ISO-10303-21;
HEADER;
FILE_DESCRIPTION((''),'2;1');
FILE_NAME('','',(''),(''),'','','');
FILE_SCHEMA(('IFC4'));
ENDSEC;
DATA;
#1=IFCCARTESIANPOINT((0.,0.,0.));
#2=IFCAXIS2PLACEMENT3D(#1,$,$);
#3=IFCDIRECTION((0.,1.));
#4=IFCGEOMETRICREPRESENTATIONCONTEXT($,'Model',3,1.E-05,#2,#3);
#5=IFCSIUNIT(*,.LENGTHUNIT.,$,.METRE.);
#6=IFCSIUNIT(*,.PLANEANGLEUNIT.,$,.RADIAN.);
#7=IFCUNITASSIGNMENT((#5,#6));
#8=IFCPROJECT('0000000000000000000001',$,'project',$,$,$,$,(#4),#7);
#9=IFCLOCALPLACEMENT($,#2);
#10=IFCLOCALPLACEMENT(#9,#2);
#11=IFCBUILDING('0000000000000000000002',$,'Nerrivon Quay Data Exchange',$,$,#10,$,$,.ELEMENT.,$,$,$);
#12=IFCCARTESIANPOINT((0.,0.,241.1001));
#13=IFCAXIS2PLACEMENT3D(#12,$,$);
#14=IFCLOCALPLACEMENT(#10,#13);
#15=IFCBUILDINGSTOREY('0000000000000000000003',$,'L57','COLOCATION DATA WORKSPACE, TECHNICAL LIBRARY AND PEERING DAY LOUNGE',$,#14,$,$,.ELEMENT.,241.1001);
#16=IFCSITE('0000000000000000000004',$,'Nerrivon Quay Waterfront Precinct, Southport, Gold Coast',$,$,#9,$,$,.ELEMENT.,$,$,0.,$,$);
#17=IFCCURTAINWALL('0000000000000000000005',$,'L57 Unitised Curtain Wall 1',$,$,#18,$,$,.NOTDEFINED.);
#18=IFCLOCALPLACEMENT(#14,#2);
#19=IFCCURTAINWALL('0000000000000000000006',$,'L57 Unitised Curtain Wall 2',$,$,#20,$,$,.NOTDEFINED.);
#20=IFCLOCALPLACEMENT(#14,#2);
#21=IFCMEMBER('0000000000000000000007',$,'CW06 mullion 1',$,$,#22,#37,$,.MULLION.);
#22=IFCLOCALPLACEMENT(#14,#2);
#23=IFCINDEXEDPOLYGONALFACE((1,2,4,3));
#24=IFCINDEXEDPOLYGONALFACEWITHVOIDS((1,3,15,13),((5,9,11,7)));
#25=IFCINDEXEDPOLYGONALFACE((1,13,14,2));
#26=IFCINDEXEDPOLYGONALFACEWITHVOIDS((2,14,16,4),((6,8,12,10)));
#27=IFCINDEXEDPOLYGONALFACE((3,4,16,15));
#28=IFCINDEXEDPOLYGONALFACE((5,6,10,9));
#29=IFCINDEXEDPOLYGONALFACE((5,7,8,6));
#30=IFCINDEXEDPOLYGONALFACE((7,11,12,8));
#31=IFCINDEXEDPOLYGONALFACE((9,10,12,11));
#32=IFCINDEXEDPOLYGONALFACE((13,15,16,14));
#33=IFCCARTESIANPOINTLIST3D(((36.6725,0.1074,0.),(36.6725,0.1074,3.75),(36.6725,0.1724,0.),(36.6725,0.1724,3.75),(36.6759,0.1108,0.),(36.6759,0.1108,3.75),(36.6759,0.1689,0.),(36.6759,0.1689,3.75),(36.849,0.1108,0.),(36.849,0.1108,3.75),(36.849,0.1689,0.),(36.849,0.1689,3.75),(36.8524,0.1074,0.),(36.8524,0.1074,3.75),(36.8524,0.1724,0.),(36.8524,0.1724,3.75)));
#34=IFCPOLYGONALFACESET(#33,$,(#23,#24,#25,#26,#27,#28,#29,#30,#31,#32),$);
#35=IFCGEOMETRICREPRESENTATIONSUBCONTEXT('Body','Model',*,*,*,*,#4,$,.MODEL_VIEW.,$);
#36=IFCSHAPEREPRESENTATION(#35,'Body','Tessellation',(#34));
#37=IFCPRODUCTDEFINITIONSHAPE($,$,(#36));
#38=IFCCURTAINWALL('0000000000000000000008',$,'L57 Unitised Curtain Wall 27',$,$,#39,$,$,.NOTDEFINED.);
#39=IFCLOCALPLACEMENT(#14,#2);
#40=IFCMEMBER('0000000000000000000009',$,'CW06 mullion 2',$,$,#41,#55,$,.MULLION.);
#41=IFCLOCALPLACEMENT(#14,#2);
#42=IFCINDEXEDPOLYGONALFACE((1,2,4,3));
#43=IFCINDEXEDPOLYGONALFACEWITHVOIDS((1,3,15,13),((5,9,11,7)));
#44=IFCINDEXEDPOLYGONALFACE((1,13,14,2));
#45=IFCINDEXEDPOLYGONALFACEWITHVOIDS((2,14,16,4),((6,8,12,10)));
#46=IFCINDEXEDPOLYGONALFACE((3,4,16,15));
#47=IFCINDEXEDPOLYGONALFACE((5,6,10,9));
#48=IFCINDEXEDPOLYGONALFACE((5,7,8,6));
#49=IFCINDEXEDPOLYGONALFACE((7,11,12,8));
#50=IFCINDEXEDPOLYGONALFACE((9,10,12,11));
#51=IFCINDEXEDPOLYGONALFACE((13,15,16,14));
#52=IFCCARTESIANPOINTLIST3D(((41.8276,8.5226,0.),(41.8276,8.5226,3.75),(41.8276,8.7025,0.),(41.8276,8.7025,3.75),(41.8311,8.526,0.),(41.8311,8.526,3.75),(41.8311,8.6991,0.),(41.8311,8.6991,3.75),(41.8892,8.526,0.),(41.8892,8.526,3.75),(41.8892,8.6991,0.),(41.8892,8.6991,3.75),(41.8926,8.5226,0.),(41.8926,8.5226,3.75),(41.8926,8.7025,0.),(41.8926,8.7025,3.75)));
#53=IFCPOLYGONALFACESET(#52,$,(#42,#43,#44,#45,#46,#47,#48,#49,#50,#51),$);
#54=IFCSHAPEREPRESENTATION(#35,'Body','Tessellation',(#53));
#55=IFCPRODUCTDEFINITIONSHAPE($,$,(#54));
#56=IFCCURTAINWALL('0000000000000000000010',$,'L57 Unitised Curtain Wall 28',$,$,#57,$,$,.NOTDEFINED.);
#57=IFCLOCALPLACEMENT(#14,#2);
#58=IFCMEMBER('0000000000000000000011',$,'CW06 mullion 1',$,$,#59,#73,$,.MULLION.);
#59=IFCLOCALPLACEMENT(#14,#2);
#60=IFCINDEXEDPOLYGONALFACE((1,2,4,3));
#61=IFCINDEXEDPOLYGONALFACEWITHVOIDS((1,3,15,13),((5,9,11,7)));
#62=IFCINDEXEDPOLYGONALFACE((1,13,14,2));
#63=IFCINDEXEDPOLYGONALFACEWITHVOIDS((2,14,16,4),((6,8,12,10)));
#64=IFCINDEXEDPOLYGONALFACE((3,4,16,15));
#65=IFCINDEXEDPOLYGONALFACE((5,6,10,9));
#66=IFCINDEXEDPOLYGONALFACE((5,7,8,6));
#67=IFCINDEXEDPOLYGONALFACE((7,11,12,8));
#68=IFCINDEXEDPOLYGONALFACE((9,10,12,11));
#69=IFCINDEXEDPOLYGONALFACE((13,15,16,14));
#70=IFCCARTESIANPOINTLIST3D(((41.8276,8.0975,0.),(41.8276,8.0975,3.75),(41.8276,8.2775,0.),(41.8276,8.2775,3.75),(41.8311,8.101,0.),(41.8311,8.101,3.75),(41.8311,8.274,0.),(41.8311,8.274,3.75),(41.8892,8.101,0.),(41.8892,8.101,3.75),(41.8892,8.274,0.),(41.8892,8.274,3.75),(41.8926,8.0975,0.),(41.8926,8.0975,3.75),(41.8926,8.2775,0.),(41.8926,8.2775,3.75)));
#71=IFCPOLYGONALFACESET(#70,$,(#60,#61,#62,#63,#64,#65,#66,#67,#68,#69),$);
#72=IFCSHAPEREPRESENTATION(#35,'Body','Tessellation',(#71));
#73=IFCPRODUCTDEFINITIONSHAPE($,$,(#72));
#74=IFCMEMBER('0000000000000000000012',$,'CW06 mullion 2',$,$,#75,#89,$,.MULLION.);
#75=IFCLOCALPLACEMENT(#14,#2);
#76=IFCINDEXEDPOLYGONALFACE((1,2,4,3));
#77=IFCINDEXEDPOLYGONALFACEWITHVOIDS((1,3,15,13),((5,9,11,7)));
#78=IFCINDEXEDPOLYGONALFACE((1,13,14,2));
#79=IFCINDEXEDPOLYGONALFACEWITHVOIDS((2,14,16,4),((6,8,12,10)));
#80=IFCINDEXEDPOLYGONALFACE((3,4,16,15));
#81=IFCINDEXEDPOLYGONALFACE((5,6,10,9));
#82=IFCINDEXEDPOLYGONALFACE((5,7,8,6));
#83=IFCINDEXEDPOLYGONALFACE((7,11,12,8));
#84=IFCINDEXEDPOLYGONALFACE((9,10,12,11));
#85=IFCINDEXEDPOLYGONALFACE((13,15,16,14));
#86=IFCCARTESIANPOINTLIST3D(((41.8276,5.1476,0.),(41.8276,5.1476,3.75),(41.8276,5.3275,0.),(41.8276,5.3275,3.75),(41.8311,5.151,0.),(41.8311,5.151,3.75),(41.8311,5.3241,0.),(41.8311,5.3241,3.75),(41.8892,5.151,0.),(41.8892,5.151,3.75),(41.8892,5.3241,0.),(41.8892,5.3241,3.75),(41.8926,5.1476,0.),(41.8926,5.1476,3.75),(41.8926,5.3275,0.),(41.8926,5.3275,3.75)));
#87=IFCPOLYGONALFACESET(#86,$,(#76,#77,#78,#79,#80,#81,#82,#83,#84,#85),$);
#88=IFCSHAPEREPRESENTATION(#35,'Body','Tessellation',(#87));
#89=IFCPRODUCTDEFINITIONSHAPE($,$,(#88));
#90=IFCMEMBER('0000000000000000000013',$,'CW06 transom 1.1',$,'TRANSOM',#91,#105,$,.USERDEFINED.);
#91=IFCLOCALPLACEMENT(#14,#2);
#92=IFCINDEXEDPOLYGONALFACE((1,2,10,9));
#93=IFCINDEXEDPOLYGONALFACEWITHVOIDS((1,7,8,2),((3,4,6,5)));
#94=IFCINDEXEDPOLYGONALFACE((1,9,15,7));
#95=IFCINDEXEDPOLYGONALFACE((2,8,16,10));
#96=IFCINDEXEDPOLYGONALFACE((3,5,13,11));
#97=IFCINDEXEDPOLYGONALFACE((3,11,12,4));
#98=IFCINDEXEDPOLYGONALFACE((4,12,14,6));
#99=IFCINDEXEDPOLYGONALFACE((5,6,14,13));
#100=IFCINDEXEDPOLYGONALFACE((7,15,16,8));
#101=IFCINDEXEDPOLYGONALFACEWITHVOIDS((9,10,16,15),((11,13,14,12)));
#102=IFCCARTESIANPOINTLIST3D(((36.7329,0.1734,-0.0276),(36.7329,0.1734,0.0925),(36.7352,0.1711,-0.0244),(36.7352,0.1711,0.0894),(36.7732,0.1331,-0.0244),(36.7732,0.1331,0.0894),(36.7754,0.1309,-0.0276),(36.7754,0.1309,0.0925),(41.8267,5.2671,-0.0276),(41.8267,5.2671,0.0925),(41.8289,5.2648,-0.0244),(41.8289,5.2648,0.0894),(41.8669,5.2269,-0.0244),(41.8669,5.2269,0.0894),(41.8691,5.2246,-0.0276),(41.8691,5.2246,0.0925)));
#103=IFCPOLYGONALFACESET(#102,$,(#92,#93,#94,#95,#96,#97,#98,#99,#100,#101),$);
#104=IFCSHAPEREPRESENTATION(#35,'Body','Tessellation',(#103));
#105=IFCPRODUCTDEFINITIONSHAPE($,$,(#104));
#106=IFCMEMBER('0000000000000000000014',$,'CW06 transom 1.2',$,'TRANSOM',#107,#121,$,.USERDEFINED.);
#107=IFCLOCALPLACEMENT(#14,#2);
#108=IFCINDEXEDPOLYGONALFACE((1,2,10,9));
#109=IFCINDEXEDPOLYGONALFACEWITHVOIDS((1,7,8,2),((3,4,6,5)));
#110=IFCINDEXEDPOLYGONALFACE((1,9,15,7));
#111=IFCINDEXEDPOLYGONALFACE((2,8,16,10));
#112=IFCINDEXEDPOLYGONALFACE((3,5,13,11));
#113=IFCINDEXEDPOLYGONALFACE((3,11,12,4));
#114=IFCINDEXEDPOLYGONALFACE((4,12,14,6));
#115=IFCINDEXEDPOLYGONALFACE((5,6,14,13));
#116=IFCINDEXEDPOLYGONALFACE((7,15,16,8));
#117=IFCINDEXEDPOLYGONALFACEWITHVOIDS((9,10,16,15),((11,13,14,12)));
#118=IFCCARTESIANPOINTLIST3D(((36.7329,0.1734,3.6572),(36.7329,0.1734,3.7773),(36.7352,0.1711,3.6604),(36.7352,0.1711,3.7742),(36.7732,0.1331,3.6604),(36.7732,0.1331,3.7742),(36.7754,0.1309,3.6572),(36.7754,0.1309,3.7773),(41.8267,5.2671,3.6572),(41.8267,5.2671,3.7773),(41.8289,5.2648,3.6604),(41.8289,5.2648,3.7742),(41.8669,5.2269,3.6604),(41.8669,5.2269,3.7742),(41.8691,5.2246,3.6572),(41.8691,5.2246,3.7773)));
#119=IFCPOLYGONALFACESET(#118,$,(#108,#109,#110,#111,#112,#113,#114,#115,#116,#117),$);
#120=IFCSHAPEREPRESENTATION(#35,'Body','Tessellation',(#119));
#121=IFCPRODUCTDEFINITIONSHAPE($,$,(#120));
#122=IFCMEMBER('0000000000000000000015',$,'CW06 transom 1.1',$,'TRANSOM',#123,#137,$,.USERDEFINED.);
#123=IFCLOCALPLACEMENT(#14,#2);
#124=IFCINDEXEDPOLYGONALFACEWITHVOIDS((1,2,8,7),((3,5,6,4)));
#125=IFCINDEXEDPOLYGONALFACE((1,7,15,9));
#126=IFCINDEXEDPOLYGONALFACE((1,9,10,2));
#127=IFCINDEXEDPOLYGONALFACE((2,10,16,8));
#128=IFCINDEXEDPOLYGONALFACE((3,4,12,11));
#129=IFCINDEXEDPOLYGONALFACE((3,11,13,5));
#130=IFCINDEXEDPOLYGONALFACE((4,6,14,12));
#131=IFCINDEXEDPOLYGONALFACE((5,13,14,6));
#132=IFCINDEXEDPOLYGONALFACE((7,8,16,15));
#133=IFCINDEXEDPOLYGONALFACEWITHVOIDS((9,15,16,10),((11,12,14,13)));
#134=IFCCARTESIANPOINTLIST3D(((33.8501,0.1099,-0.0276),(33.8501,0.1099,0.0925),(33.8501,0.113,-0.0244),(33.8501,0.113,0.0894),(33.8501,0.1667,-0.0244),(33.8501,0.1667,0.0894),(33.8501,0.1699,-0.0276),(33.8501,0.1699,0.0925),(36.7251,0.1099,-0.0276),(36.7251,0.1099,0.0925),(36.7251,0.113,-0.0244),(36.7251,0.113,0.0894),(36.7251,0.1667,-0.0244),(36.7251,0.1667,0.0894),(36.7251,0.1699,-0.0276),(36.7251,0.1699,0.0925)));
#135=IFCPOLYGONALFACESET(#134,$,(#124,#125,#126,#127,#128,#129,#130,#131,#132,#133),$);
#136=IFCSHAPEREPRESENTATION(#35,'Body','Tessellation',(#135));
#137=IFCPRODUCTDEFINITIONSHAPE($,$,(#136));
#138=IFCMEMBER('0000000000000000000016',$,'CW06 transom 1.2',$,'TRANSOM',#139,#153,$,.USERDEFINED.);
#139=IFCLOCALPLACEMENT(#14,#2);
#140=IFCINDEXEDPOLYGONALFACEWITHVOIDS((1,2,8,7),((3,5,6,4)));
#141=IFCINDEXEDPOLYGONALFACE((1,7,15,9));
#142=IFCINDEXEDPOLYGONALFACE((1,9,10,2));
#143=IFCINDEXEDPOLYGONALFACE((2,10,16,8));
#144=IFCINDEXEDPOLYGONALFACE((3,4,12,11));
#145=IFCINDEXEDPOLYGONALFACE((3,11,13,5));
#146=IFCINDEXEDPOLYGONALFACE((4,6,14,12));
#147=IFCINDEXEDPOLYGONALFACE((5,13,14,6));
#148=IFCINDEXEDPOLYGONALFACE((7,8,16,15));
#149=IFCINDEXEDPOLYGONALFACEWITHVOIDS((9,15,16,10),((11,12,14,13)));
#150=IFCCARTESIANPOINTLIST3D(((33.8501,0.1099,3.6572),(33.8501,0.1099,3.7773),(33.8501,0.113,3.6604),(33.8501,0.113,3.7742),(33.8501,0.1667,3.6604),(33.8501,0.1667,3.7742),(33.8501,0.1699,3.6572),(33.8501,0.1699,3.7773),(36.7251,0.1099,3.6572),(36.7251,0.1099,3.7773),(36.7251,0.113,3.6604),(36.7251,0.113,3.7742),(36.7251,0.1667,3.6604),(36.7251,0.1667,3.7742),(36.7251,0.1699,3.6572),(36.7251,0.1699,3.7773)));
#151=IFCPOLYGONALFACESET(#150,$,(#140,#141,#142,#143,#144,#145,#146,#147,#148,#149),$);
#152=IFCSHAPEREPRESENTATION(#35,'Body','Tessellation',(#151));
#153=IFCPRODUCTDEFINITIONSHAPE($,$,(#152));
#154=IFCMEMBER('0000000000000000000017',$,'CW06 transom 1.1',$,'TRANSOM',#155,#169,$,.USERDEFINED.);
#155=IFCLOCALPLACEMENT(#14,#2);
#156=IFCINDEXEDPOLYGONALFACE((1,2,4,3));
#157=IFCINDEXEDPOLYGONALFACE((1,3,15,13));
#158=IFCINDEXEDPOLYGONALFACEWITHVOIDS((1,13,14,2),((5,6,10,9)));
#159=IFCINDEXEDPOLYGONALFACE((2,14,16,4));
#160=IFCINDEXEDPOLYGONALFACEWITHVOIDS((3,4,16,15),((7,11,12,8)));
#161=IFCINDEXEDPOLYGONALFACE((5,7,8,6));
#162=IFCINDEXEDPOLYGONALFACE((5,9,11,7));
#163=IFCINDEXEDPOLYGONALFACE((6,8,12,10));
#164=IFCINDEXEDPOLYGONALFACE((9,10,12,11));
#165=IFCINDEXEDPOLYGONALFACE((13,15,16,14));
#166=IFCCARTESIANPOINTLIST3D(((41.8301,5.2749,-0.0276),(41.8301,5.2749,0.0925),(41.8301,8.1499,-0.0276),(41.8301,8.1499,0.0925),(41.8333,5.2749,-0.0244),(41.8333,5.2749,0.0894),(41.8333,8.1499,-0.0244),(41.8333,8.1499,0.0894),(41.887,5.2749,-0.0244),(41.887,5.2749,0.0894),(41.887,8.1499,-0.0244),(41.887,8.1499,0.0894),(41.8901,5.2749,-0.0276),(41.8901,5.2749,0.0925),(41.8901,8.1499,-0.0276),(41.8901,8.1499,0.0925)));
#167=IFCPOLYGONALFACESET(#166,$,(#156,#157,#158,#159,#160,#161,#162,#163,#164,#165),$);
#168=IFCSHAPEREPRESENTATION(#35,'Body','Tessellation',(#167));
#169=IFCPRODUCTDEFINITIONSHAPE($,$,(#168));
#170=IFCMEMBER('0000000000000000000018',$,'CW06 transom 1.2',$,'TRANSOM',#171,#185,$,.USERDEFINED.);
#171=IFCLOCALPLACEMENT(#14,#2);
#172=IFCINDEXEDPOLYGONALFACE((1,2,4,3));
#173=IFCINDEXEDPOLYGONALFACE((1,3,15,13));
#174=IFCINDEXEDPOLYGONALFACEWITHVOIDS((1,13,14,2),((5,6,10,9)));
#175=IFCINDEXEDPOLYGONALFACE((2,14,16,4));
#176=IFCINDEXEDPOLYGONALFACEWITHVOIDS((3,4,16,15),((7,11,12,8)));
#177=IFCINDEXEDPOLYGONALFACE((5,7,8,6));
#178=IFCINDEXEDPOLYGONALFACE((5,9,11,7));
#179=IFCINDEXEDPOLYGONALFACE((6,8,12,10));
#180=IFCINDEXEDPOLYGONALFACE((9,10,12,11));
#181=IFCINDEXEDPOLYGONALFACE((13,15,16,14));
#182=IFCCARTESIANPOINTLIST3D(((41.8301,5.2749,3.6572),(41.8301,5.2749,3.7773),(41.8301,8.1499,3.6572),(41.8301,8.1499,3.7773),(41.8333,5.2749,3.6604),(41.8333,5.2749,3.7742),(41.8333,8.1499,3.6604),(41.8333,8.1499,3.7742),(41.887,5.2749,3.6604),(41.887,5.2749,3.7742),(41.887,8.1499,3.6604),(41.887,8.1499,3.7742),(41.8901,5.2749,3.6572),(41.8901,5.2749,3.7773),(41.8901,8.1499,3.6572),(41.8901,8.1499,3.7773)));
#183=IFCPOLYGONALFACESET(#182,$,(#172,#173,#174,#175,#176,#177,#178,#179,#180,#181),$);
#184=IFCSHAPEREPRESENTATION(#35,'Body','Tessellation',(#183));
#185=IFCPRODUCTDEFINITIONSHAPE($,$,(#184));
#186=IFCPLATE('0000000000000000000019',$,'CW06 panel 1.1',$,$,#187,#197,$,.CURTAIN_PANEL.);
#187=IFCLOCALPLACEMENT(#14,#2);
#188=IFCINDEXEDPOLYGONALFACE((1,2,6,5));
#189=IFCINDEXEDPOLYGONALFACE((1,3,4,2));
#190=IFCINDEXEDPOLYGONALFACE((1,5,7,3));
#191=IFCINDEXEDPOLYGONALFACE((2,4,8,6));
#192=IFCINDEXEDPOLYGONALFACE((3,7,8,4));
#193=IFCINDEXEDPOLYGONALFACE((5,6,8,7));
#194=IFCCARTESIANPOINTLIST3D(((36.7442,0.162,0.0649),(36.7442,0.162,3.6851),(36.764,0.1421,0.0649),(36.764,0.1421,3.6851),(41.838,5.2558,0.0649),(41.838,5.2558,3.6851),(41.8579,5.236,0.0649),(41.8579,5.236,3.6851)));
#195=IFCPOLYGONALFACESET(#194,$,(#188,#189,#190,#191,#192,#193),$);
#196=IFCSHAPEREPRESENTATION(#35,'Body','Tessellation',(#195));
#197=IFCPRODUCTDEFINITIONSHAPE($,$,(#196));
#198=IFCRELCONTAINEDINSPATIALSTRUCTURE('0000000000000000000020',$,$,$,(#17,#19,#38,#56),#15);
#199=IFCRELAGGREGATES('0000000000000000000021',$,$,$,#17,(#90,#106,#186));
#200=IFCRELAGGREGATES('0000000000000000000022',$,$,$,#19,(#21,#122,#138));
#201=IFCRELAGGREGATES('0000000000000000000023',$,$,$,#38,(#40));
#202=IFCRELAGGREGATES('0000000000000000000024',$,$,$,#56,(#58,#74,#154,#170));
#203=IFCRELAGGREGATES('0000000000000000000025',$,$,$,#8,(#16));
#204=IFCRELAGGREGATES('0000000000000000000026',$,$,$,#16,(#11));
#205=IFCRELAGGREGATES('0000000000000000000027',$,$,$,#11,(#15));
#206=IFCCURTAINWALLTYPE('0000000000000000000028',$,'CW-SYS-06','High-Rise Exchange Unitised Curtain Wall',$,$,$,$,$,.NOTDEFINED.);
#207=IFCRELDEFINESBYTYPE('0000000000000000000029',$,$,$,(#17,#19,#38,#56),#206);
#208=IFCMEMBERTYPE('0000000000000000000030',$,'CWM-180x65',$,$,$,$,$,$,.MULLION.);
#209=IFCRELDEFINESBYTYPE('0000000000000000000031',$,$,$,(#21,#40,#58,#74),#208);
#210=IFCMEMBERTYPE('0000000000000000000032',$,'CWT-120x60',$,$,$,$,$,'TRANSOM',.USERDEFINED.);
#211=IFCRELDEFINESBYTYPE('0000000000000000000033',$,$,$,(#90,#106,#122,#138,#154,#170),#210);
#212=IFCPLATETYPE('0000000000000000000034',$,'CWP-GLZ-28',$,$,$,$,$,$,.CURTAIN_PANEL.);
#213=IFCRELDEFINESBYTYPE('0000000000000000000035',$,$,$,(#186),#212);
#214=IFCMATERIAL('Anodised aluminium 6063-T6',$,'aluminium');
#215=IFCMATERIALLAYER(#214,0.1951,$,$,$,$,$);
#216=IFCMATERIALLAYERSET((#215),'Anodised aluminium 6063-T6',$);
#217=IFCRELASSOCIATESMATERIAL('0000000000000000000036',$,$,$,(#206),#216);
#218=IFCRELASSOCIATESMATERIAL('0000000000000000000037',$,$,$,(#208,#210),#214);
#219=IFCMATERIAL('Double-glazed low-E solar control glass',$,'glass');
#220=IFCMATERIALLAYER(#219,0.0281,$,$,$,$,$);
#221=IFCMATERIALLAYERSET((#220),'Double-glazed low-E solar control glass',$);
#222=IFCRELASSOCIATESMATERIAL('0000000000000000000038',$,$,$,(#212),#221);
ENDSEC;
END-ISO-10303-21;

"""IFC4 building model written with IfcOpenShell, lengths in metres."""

from ifc_helpers import new_model, si_unit, direction, frame, origin, origin_2d, place, context, subcontext, project, spatial, rectangle, hollow_rectangle, extrude, material, layer, layer_set, material_profile, profile_set, type_object, element, aggregate, save


model = new_model("IFC4")

# Units and contexts
model_context = context("Model", 3, precision=1e-05, world=origin(), true_north=direction((0.0, 1.0)))
body_context = subcontext(model_context, "Body", "Model", "MODEL_VIEW")
ifc_project = project(units=[si_unit("LENGTHUNIT", "METRE"), si_unit("PLANEANGLEUNIT", "RADIAN")], contexts=[model_context])

# Site, building, storey
site_placement = place(None, origin())
site = spatial("IfcSite", under=ifc_project, at=site_placement, Name="Nerrivon Quay Waterfront Precinct, Southport, Gold Coast", CompositionType="ELEMENT", RefElevation=0.0)
building_placement = place(site_placement, origin())
building = spatial("IfcBuilding", under=site, at=building_placement, Name="Nerrivon Quay Data Exchange", CompositionType="ELEMENT")
storey_placement = place(building_placement, frame((0.0, 0.0, 241.1001)))
storey = spatial("IfcBuildingStorey", under=building, at=storey_placement, Name="L57", Description="COLOCATION DATA WORKSPACE, TECHNICAL LIBRARY AND PEERING DAY LOUNGE", CompositionType="ELEMENT", Elevation=241.1001)

# Curtain wall
ifc_material_1 = material(Name="Anodised aluminium 6063-T6", Category="aluminium")
ifc_layer_1 = layer(ifc_material_1, 0.1951)
ifc_layer_set_1 = layer_set([ifc_layer_1], Name="Anodised aluminium 6063-T6")
curtain_wall_type = type_object("IfcCurtainWallType", Name="CW-SYS-06", Description="High-Rise Exchange Unitised Curtain Wall", PredefinedType="NOTDEFINED", material=ifc_layer_set_1)
curtain_wall_1_placement = place(storey_placement, origin())
curtain_wall_1 = element("IfcCurtainWall", 1, at=curtain_wall_1_placement, inside=storey, type_object=curtain_wall_type, Name="L57 Unitised Curtain Wall 1", PredefinedType="NOTDEFINED")
ifc_material_profile_1 = material_profile(ifc_material_1, hollow_rectangle(XDim=0.0649, YDim=0.1799, WallThickness=0.0034, at=origin_2d()), Name="ALU-MULL-180x65")
ifc_profile_set_1 = profile_set([ifc_material_profile_1], Name="Anodised aluminium 6063-T6")
member_type_1 = type_object("IfcMemberType", Name="CWM-180x65", PredefinedType="MULLION", material=ifc_profile_set_1)

# Curtain walls, members
curtain_wall_2_placement = place(storey_placement, origin())
curtain_wall_2 = element("IfcCurtainWall", 2, at=curtain_wall_2_placement, inside=storey, type_object=curtain_wall_type, Name="L57 Unitised Curtain Wall 2", PredefinedType="NOTDEFINED")
member_1_placement = place(storey_placement, frame((36.7625, 0.1399, 0.0), z_axis=(0.0, 0.0, 1.0), x_axis=(0.0, -1.0, 0.0)))
member_1 = element("IfcMember", 3, at=member_1_placement, type_object=member_type_1, Name="CW06 mullion 1", PredefinedType="MULLION", context=body_context, shape_type="SweptSolid", body=[
    extrude(hollow_rectangle(XDim=0.0649, YDim=0.1799, WallThickness=0.0034, at=origin_2d()), origin(), (0.0, 0.0, 1.0), 3.75),
])
curtain_wall_3_placement = place(storey_placement, origin())
curtain_wall_3 = element("IfcCurtainWall", 4, at=curtain_wall_3_placement, inside=storey, type_object=curtain_wall_type, Name="L57 Unitised Curtain Wall 27", PredefinedType="NOTDEFINED")
member_2_placement = place(storey_placement, frame((41.8601, 8.6125, 0.0), z_axis=(0.0, 0.0, 1.0), x_axis=(1.0, 0.0, 0.0)))
member_2 = element("IfcMember", 5, at=member_2_placement, type_object=member_type_1, Name="CW06 mullion 2", PredefinedType="MULLION", context=body_context, shape_type="SweptSolid", body=[
    extrude(hollow_rectangle(XDim=0.0649, YDim=0.1799, WallThickness=0.0034, at=origin_2d()), origin(), (0.0, 0.0, 1.0), 3.75),
])

# Curtain wall, members
curtain_wall_4_placement = place(storey_placement, origin())
curtain_wall_4 = element("IfcCurtainWall", 6, at=curtain_wall_4_placement, inside=storey, type_object=curtain_wall_type, Name="L57 Unitised Curtain Wall 28", PredefinedType="NOTDEFINED")
member_3_placement = place(storey_placement, frame((41.8601, 8.1875, 0.0), z_axis=(0.0, 0.0, 1.0), x_axis=(1.0, 0.0, 0.0)))
member_3 = element("IfcMember", 7, at=member_3_placement, type_object=member_type_1, Name="CW06 mullion 1", PredefinedType="MULLION", context=body_context, shape_type="SweptSolid", body=[
    extrude(hollow_rectangle(XDim=0.0649, YDim=0.1799, WallThickness=0.0034, at=origin_2d()), origin(), (0.0, 0.0, 1.0), 3.75),
])
member_4_placement = place(storey_placement, frame((41.8601, 5.2375, 0.0), z_axis=(0.0, 0.0, 1.0), x_axis=(1.0, 0.0, 0.0)))
member_4 = element("IfcMember", 8, at=member_4_placement, type_object=member_type_1, Name="CW06 mullion 2", PredefinedType="MULLION", context=body_context, shape_type="SweptSolid", body=[
    extrude(hollow_rectangle(XDim=0.0649, YDim=0.1799, WallThickness=0.0034, at=origin_2d()), origin(), (0.0, 0.0, 1.0), 3.75),
])

# Members
ifc_material_profile_2 = material_profile(ifc_material_1, hollow_rectangle(XDim=0.0601, YDim=0.1201, WallThickness=0.0032, at=origin_2d()), Name="ALU-TRAN-120x60")
ifc_profile_set_2 = profile_set([ifc_material_profile_2], Name="Anodised aluminium 6063-T6")
member_type_2 = type_object("IfcMemberType", Name="CWT-120x60", ElementType="TRANSOM", PredefinedType="USERDEFINED", material=ifc_profile_set_2)
member_5_placement = place(storey_placement, frame((41.8479, 5.2458, 0.0325), z_axis=(-0.707107, -0.707107, 0.0), x_axis=(0.707107, -0.707107, 0.0)))
member_5 = element("IfcMember", 9, at=member_5_placement, type_object=member_type_2, Name="CW06 transom 1.1", ObjectType="TRANSOM", PredefinedType="USERDEFINED", context=body_context, shape_type="SweptSolid", body=[
    extrude(hollow_rectangle(XDim=0.0601, YDim=0.1201, WallThickness=0.0032, at=origin_2d()), origin(), (0.0, 0.0, 1.0), 7.2036),
])
member_6_placement = place(storey_placement, frame((41.8479, 5.2458, 3.7173), z_axis=(-0.707107, -0.707107, 0.0), x_axis=(0.707107, -0.707107, 0.0)))
member_6 = element("IfcMember", 10, at=member_6_placement, type_object=member_type_2, Name="CW06 transom 1.2", ObjectType="TRANSOM", PredefinedType="USERDEFINED", context=body_context, shape_type="SweptSolid", body=[
    extrude(hollow_rectangle(XDim=0.0601, YDim=0.1201, WallThickness=0.0032, at=origin_2d()), origin(), (0.0, 0.0, 1.0), 7.2036),
])
member_7_placement = place(storey_placement, frame((36.7251, 0.1399, 0.0325), z_axis=(-1.0, 0.0, 0.0), x_axis=(0.0, -1.0, 0.0)))
member_7 = element("IfcMember", 11, at=member_7_placement, type_object=member_type_2, Name="CW06 transom 1.1", ObjectType="TRANSOM", PredefinedType="USERDEFINED", context=body_context, shape_type="SweptSolid", body=[
    extrude(hollow_rectangle(XDim=0.0601, YDim=0.1201, WallThickness=0.0032, at=origin_2d()), origin(), (0.0, 0.0, 1.0), 2.875),
])
member_8_placement = place(storey_placement, frame((36.7251, 0.1399, 3.7173), z_axis=(-1.0, 0.0, 0.0), x_axis=(0.0, -1.0, 0.0)))
member_8 = element("IfcMember", 12, at=member_8_placement, type_object=member_type_2, Name="CW06 transom 1.2", ObjectType="TRANSOM", PredefinedType="USERDEFINED", context=body_context, shape_type="SweptSolid", body=[
    extrude(hollow_rectangle(XDim=0.0601, YDim=0.1201, WallThickness=0.0032, at=origin_2d()), origin(), (0.0, 0.0, 1.0), 2.875),
])
member_9_placement = place(storey_placement, frame((41.8601, 8.1499, 0.0325), z_axis=(0.0, -1.0, 0.0), x_axis=(1.0, 0.0, 0.0)))
member_9 = element("IfcMember", 13, at=member_9_placement, type_object=member_type_2, Name="CW06 transom 1.1", ObjectType="TRANSOM", PredefinedType="USERDEFINED", context=body_context, shape_type="SweptSolid", body=[
    extrude(hollow_rectangle(XDim=0.0601, YDim=0.1201, WallThickness=0.0032, at=origin_2d()), origin(), (0.0, 0.0, 1.0), 2.875),
])
member_10_placement = place(storey_placement, frame((41.8601, 8.1499, 3.7173), z_axis=(0.0, -1.0, 0.0), x_axis=(1.0, 0.0, 0.0)))
member_10 = element("IfcMember", 14, at=member_10_placement, type_object=member_type_2, Name="CW06 transom 1.2", ObjectType="TRANSOM", PredefinedType="USERDEFINED", context=body_context, shape_type="SweptSolid", body=[
    extrude(hollow_rectangle(XDim=0.0601, YDim=0.1201, WallThickness=0.0032, at=origin_2d()), origin(), (0.0, 0.0, 1.0), 2.875),
])

# Plate
ifc_material_2 = material(Name="Double-glazed low-E solar control glass", Category="glass")
ifc_layer_2 = layer(ifc_material_2, 0.0281)
ifc_layer_set_2 = layer_set([ifc_layer_2], Name="Double-glazed low-E solar control glass")
plate_type = type_object("IfcPlateType", Name="CWP-GLZ-28", PredefinedType="CURTAIN_PANEL", material=ifc_layer_set_2)
plate_1_placement = place(storey_placement, frame((39.301, 2.699, 0.0649), z_axis=(0.0, 0.0, 1.0), x_axis=(-0.707107, -0.707107, 0.0)))
plate_1 = element("IfcPlate", 15, at=plate_1_placement, type_object=plate_type, Name="CW06 panel 1.1", PredefinedType="CURTAIN_PANEL", context=body_context, shape_type="SweptSolid", body=[
    extrude(rectangle(XDim=7.2039, YDim=0.0281, at=origin_2d()), origin(), (0.0, 0.0, 1.0), 3.6201),
])
aggregate(curtain_wall_1, [member_5, member_6, plate_1])
aggregate(curtain_wall_2, [member_1, member_7, member_8])
aggregate(curtain_wall_3, [member_2])
aggregate(curtain_wall_4, [member_3, member_4, member_9, member_10])

save(model, "model.ifc")
